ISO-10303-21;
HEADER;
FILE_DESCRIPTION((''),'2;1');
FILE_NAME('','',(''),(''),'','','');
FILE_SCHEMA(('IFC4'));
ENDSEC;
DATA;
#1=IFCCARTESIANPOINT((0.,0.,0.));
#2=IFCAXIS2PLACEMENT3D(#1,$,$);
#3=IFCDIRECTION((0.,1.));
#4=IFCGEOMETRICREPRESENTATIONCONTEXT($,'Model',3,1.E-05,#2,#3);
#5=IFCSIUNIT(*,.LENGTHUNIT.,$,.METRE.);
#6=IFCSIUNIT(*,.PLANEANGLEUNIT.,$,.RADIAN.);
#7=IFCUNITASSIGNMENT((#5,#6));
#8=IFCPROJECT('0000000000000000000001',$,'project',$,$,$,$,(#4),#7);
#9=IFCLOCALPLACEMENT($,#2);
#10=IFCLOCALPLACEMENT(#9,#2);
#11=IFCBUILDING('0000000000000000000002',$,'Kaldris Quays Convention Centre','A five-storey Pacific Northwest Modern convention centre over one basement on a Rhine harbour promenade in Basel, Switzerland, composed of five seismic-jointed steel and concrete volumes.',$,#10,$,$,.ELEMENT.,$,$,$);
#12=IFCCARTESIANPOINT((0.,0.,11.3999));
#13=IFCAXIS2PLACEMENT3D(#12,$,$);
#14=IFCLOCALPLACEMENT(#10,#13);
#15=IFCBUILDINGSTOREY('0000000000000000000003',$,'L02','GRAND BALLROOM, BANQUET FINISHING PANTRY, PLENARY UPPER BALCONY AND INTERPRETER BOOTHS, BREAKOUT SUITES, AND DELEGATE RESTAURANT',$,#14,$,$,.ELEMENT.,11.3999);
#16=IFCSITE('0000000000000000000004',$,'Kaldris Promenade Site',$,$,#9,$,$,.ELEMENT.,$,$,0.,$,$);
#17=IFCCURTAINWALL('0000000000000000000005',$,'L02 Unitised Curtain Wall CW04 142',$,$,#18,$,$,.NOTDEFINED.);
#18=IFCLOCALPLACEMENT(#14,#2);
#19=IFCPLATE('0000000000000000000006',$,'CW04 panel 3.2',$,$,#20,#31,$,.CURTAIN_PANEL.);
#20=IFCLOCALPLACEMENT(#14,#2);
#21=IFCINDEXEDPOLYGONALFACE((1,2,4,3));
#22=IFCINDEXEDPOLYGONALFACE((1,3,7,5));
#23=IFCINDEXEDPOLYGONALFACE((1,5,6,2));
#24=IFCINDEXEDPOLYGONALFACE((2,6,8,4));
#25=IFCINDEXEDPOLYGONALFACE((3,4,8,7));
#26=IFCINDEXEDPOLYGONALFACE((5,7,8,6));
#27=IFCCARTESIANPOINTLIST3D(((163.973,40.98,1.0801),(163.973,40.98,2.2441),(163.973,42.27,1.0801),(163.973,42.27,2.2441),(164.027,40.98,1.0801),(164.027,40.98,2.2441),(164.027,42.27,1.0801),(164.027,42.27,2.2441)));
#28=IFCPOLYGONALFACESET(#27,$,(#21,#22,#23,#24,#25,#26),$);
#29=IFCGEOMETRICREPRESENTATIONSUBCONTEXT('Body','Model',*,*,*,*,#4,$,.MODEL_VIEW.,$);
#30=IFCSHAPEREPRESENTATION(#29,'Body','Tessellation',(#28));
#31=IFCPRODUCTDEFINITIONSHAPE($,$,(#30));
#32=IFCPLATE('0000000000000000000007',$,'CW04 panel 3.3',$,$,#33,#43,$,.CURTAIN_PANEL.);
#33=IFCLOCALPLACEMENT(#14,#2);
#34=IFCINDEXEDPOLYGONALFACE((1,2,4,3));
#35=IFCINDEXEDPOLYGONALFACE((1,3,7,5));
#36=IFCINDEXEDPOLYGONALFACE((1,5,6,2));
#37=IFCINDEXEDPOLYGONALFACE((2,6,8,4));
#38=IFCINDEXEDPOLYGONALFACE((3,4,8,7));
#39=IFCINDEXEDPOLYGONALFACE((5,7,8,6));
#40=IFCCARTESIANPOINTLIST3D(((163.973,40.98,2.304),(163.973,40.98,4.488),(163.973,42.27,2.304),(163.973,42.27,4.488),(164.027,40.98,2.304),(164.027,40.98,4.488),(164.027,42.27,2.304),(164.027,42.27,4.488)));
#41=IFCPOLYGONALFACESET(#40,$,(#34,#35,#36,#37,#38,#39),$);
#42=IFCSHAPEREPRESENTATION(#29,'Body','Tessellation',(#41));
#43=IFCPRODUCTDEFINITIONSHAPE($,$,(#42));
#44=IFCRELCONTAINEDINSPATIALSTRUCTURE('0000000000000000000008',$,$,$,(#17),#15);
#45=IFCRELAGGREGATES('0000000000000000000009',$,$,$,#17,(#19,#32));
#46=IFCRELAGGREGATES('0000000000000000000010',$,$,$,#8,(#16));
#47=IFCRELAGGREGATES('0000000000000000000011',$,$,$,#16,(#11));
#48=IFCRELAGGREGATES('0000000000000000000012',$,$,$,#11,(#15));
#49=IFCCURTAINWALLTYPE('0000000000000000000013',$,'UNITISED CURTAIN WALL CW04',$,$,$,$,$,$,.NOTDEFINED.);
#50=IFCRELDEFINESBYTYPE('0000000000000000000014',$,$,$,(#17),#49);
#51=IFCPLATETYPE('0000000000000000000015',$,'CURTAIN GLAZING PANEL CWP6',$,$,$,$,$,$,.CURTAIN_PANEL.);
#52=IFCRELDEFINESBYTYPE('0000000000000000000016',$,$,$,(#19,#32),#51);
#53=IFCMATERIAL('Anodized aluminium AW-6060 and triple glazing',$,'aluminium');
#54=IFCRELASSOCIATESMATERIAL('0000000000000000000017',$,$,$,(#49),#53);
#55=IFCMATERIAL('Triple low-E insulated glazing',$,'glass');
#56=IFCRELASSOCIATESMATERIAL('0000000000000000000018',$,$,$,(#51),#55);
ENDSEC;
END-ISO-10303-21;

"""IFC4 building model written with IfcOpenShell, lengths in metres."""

from ifc_helpers import new_model, si_unit, direction, frame, origin, origin_2d, place, context, subcontext, project, spatial, rectangle, extrude, material, type_object, element, aggregate, save


model = new_model("IFC4")

# Units and contexts
model_context = context("Model", 3, precision=1e-05, world=origin(), true_north=direction((0.0, 1.0)))
body_context = subcontext(model_context, "Body", "Model", "MODEL_VIEW")
ifc_project = project(units=[si_unit("LENGTHUNIT", "METRE"), si_unit("PLANEANGLEUNIT", "RADIAN")], contexts=[model_context])

# Site, building, storey
site_placement = place(None, origin())
site = spatial("IfcSite", under=ifc_project, at=site_placement, Name="Kaldris Promenade Site", CompositionType="ELEMENT", RefElevation=0.0)
building_placement = place(site_placement, origin())
building = spatial("IfcBuilding", under=site, at=building_placement, Name="Kaldris Quays Convention Centre", Description="A five-storey Pacific Northwest Modern convention centre over one basement on a Rhine harbour promenade in Basel, Switzerland, composed of five seismic-jointed steel and concrete volumes.", CompositionType="ELEMENT")
storey_placement = place(building_placement, frame((0.0, 0.0, 11.3999)))
storey = spatial("IfcBuildingStorey", under=building, at=storey_placement, Name="L02", Description="GRAND BALLROOM, BANQUET FINISHING PANTRY, PLENARY UPPER BALCONY AND INTERPRETER BOOTHS, BREAKOUT SUITES, AND DELEGATE RESTAURANT", CompositionType="ELEMENT", Elevation=11.3999)

# Curtain wall
ifc_material_1 = material(Name="Anodized aluminium AW-6060 and triple glazing", Category="aluminium")
curtain_wall_type_1 = type_object("IfcCurtainWallType", Name="UNITISED CURTAIN WALL CW04", PredefinedType="NOTDEFINED", material=ifc_material_1)
curtain_wall_1_placement = place(storey_placement, origin())
curtain_wall_1 = element("IfcCurtainWall", 1, at=curtain_wall_1_placement, inside=storey, type_object=curtain_wall_type_1, Name="L02 Unitised Curtain Wall CW04 142", PredefinedType="NOTDEFINED")

# Plates
ifc_material_2 = material(Name="Triple low-E insulated glazing", Category="glass")
plate_type_1 = type_object("IfcPlateType", Name="CURTAIN GLAZING PANEL CWP6", PredefinedType="CURTAIN_PANEL", material=ifc_material_2)
plate_1_placement = place(storey_placement, frame((164.0, 41.625, 1.0801), z_axis=(0.0, 0.0, 1.0), x_axis=(0.0, 1.0, 0.0)))
plate_1 = element("IfcPlate", 2, at=plate_1_placement, type_object=plate_type_1, Name="CW04 panel 3.2", PredefinedType="CURTAIN_PANEL", context=body_context, shape_type="SweptSolid", body=[
    extrude(rectangle(XDim=1.29, YDim=0.054, at=origin_2d()), origin(), (0.0, 0.0, 1.0), 1.1641),
])
plate_2_placement = place(storey_placement, frame((164.0, 41.625, 2.304), z_axis=(0.0, 0.0, 1.0), x_axis=(0.0, 1.0, 0.0)))
plate_2 = element("IfcPlate", 3, at=plate_2_placement, type_object=plate_type_1, Name="CW04 panel 3.3", PredefinedType="CURTAIN_PANEL", context=body_context, shape_type="SweptSolid", body=[
    extrude(rectangle(XDim=1.29, YDim=0.054, at=origin_2d()), origin(), (0.0, 0.0, 1.0), 2.1841),
])
aggregate(curtain_wall_1, [plate_1, plate_2])

save(model, "model.ifc")
